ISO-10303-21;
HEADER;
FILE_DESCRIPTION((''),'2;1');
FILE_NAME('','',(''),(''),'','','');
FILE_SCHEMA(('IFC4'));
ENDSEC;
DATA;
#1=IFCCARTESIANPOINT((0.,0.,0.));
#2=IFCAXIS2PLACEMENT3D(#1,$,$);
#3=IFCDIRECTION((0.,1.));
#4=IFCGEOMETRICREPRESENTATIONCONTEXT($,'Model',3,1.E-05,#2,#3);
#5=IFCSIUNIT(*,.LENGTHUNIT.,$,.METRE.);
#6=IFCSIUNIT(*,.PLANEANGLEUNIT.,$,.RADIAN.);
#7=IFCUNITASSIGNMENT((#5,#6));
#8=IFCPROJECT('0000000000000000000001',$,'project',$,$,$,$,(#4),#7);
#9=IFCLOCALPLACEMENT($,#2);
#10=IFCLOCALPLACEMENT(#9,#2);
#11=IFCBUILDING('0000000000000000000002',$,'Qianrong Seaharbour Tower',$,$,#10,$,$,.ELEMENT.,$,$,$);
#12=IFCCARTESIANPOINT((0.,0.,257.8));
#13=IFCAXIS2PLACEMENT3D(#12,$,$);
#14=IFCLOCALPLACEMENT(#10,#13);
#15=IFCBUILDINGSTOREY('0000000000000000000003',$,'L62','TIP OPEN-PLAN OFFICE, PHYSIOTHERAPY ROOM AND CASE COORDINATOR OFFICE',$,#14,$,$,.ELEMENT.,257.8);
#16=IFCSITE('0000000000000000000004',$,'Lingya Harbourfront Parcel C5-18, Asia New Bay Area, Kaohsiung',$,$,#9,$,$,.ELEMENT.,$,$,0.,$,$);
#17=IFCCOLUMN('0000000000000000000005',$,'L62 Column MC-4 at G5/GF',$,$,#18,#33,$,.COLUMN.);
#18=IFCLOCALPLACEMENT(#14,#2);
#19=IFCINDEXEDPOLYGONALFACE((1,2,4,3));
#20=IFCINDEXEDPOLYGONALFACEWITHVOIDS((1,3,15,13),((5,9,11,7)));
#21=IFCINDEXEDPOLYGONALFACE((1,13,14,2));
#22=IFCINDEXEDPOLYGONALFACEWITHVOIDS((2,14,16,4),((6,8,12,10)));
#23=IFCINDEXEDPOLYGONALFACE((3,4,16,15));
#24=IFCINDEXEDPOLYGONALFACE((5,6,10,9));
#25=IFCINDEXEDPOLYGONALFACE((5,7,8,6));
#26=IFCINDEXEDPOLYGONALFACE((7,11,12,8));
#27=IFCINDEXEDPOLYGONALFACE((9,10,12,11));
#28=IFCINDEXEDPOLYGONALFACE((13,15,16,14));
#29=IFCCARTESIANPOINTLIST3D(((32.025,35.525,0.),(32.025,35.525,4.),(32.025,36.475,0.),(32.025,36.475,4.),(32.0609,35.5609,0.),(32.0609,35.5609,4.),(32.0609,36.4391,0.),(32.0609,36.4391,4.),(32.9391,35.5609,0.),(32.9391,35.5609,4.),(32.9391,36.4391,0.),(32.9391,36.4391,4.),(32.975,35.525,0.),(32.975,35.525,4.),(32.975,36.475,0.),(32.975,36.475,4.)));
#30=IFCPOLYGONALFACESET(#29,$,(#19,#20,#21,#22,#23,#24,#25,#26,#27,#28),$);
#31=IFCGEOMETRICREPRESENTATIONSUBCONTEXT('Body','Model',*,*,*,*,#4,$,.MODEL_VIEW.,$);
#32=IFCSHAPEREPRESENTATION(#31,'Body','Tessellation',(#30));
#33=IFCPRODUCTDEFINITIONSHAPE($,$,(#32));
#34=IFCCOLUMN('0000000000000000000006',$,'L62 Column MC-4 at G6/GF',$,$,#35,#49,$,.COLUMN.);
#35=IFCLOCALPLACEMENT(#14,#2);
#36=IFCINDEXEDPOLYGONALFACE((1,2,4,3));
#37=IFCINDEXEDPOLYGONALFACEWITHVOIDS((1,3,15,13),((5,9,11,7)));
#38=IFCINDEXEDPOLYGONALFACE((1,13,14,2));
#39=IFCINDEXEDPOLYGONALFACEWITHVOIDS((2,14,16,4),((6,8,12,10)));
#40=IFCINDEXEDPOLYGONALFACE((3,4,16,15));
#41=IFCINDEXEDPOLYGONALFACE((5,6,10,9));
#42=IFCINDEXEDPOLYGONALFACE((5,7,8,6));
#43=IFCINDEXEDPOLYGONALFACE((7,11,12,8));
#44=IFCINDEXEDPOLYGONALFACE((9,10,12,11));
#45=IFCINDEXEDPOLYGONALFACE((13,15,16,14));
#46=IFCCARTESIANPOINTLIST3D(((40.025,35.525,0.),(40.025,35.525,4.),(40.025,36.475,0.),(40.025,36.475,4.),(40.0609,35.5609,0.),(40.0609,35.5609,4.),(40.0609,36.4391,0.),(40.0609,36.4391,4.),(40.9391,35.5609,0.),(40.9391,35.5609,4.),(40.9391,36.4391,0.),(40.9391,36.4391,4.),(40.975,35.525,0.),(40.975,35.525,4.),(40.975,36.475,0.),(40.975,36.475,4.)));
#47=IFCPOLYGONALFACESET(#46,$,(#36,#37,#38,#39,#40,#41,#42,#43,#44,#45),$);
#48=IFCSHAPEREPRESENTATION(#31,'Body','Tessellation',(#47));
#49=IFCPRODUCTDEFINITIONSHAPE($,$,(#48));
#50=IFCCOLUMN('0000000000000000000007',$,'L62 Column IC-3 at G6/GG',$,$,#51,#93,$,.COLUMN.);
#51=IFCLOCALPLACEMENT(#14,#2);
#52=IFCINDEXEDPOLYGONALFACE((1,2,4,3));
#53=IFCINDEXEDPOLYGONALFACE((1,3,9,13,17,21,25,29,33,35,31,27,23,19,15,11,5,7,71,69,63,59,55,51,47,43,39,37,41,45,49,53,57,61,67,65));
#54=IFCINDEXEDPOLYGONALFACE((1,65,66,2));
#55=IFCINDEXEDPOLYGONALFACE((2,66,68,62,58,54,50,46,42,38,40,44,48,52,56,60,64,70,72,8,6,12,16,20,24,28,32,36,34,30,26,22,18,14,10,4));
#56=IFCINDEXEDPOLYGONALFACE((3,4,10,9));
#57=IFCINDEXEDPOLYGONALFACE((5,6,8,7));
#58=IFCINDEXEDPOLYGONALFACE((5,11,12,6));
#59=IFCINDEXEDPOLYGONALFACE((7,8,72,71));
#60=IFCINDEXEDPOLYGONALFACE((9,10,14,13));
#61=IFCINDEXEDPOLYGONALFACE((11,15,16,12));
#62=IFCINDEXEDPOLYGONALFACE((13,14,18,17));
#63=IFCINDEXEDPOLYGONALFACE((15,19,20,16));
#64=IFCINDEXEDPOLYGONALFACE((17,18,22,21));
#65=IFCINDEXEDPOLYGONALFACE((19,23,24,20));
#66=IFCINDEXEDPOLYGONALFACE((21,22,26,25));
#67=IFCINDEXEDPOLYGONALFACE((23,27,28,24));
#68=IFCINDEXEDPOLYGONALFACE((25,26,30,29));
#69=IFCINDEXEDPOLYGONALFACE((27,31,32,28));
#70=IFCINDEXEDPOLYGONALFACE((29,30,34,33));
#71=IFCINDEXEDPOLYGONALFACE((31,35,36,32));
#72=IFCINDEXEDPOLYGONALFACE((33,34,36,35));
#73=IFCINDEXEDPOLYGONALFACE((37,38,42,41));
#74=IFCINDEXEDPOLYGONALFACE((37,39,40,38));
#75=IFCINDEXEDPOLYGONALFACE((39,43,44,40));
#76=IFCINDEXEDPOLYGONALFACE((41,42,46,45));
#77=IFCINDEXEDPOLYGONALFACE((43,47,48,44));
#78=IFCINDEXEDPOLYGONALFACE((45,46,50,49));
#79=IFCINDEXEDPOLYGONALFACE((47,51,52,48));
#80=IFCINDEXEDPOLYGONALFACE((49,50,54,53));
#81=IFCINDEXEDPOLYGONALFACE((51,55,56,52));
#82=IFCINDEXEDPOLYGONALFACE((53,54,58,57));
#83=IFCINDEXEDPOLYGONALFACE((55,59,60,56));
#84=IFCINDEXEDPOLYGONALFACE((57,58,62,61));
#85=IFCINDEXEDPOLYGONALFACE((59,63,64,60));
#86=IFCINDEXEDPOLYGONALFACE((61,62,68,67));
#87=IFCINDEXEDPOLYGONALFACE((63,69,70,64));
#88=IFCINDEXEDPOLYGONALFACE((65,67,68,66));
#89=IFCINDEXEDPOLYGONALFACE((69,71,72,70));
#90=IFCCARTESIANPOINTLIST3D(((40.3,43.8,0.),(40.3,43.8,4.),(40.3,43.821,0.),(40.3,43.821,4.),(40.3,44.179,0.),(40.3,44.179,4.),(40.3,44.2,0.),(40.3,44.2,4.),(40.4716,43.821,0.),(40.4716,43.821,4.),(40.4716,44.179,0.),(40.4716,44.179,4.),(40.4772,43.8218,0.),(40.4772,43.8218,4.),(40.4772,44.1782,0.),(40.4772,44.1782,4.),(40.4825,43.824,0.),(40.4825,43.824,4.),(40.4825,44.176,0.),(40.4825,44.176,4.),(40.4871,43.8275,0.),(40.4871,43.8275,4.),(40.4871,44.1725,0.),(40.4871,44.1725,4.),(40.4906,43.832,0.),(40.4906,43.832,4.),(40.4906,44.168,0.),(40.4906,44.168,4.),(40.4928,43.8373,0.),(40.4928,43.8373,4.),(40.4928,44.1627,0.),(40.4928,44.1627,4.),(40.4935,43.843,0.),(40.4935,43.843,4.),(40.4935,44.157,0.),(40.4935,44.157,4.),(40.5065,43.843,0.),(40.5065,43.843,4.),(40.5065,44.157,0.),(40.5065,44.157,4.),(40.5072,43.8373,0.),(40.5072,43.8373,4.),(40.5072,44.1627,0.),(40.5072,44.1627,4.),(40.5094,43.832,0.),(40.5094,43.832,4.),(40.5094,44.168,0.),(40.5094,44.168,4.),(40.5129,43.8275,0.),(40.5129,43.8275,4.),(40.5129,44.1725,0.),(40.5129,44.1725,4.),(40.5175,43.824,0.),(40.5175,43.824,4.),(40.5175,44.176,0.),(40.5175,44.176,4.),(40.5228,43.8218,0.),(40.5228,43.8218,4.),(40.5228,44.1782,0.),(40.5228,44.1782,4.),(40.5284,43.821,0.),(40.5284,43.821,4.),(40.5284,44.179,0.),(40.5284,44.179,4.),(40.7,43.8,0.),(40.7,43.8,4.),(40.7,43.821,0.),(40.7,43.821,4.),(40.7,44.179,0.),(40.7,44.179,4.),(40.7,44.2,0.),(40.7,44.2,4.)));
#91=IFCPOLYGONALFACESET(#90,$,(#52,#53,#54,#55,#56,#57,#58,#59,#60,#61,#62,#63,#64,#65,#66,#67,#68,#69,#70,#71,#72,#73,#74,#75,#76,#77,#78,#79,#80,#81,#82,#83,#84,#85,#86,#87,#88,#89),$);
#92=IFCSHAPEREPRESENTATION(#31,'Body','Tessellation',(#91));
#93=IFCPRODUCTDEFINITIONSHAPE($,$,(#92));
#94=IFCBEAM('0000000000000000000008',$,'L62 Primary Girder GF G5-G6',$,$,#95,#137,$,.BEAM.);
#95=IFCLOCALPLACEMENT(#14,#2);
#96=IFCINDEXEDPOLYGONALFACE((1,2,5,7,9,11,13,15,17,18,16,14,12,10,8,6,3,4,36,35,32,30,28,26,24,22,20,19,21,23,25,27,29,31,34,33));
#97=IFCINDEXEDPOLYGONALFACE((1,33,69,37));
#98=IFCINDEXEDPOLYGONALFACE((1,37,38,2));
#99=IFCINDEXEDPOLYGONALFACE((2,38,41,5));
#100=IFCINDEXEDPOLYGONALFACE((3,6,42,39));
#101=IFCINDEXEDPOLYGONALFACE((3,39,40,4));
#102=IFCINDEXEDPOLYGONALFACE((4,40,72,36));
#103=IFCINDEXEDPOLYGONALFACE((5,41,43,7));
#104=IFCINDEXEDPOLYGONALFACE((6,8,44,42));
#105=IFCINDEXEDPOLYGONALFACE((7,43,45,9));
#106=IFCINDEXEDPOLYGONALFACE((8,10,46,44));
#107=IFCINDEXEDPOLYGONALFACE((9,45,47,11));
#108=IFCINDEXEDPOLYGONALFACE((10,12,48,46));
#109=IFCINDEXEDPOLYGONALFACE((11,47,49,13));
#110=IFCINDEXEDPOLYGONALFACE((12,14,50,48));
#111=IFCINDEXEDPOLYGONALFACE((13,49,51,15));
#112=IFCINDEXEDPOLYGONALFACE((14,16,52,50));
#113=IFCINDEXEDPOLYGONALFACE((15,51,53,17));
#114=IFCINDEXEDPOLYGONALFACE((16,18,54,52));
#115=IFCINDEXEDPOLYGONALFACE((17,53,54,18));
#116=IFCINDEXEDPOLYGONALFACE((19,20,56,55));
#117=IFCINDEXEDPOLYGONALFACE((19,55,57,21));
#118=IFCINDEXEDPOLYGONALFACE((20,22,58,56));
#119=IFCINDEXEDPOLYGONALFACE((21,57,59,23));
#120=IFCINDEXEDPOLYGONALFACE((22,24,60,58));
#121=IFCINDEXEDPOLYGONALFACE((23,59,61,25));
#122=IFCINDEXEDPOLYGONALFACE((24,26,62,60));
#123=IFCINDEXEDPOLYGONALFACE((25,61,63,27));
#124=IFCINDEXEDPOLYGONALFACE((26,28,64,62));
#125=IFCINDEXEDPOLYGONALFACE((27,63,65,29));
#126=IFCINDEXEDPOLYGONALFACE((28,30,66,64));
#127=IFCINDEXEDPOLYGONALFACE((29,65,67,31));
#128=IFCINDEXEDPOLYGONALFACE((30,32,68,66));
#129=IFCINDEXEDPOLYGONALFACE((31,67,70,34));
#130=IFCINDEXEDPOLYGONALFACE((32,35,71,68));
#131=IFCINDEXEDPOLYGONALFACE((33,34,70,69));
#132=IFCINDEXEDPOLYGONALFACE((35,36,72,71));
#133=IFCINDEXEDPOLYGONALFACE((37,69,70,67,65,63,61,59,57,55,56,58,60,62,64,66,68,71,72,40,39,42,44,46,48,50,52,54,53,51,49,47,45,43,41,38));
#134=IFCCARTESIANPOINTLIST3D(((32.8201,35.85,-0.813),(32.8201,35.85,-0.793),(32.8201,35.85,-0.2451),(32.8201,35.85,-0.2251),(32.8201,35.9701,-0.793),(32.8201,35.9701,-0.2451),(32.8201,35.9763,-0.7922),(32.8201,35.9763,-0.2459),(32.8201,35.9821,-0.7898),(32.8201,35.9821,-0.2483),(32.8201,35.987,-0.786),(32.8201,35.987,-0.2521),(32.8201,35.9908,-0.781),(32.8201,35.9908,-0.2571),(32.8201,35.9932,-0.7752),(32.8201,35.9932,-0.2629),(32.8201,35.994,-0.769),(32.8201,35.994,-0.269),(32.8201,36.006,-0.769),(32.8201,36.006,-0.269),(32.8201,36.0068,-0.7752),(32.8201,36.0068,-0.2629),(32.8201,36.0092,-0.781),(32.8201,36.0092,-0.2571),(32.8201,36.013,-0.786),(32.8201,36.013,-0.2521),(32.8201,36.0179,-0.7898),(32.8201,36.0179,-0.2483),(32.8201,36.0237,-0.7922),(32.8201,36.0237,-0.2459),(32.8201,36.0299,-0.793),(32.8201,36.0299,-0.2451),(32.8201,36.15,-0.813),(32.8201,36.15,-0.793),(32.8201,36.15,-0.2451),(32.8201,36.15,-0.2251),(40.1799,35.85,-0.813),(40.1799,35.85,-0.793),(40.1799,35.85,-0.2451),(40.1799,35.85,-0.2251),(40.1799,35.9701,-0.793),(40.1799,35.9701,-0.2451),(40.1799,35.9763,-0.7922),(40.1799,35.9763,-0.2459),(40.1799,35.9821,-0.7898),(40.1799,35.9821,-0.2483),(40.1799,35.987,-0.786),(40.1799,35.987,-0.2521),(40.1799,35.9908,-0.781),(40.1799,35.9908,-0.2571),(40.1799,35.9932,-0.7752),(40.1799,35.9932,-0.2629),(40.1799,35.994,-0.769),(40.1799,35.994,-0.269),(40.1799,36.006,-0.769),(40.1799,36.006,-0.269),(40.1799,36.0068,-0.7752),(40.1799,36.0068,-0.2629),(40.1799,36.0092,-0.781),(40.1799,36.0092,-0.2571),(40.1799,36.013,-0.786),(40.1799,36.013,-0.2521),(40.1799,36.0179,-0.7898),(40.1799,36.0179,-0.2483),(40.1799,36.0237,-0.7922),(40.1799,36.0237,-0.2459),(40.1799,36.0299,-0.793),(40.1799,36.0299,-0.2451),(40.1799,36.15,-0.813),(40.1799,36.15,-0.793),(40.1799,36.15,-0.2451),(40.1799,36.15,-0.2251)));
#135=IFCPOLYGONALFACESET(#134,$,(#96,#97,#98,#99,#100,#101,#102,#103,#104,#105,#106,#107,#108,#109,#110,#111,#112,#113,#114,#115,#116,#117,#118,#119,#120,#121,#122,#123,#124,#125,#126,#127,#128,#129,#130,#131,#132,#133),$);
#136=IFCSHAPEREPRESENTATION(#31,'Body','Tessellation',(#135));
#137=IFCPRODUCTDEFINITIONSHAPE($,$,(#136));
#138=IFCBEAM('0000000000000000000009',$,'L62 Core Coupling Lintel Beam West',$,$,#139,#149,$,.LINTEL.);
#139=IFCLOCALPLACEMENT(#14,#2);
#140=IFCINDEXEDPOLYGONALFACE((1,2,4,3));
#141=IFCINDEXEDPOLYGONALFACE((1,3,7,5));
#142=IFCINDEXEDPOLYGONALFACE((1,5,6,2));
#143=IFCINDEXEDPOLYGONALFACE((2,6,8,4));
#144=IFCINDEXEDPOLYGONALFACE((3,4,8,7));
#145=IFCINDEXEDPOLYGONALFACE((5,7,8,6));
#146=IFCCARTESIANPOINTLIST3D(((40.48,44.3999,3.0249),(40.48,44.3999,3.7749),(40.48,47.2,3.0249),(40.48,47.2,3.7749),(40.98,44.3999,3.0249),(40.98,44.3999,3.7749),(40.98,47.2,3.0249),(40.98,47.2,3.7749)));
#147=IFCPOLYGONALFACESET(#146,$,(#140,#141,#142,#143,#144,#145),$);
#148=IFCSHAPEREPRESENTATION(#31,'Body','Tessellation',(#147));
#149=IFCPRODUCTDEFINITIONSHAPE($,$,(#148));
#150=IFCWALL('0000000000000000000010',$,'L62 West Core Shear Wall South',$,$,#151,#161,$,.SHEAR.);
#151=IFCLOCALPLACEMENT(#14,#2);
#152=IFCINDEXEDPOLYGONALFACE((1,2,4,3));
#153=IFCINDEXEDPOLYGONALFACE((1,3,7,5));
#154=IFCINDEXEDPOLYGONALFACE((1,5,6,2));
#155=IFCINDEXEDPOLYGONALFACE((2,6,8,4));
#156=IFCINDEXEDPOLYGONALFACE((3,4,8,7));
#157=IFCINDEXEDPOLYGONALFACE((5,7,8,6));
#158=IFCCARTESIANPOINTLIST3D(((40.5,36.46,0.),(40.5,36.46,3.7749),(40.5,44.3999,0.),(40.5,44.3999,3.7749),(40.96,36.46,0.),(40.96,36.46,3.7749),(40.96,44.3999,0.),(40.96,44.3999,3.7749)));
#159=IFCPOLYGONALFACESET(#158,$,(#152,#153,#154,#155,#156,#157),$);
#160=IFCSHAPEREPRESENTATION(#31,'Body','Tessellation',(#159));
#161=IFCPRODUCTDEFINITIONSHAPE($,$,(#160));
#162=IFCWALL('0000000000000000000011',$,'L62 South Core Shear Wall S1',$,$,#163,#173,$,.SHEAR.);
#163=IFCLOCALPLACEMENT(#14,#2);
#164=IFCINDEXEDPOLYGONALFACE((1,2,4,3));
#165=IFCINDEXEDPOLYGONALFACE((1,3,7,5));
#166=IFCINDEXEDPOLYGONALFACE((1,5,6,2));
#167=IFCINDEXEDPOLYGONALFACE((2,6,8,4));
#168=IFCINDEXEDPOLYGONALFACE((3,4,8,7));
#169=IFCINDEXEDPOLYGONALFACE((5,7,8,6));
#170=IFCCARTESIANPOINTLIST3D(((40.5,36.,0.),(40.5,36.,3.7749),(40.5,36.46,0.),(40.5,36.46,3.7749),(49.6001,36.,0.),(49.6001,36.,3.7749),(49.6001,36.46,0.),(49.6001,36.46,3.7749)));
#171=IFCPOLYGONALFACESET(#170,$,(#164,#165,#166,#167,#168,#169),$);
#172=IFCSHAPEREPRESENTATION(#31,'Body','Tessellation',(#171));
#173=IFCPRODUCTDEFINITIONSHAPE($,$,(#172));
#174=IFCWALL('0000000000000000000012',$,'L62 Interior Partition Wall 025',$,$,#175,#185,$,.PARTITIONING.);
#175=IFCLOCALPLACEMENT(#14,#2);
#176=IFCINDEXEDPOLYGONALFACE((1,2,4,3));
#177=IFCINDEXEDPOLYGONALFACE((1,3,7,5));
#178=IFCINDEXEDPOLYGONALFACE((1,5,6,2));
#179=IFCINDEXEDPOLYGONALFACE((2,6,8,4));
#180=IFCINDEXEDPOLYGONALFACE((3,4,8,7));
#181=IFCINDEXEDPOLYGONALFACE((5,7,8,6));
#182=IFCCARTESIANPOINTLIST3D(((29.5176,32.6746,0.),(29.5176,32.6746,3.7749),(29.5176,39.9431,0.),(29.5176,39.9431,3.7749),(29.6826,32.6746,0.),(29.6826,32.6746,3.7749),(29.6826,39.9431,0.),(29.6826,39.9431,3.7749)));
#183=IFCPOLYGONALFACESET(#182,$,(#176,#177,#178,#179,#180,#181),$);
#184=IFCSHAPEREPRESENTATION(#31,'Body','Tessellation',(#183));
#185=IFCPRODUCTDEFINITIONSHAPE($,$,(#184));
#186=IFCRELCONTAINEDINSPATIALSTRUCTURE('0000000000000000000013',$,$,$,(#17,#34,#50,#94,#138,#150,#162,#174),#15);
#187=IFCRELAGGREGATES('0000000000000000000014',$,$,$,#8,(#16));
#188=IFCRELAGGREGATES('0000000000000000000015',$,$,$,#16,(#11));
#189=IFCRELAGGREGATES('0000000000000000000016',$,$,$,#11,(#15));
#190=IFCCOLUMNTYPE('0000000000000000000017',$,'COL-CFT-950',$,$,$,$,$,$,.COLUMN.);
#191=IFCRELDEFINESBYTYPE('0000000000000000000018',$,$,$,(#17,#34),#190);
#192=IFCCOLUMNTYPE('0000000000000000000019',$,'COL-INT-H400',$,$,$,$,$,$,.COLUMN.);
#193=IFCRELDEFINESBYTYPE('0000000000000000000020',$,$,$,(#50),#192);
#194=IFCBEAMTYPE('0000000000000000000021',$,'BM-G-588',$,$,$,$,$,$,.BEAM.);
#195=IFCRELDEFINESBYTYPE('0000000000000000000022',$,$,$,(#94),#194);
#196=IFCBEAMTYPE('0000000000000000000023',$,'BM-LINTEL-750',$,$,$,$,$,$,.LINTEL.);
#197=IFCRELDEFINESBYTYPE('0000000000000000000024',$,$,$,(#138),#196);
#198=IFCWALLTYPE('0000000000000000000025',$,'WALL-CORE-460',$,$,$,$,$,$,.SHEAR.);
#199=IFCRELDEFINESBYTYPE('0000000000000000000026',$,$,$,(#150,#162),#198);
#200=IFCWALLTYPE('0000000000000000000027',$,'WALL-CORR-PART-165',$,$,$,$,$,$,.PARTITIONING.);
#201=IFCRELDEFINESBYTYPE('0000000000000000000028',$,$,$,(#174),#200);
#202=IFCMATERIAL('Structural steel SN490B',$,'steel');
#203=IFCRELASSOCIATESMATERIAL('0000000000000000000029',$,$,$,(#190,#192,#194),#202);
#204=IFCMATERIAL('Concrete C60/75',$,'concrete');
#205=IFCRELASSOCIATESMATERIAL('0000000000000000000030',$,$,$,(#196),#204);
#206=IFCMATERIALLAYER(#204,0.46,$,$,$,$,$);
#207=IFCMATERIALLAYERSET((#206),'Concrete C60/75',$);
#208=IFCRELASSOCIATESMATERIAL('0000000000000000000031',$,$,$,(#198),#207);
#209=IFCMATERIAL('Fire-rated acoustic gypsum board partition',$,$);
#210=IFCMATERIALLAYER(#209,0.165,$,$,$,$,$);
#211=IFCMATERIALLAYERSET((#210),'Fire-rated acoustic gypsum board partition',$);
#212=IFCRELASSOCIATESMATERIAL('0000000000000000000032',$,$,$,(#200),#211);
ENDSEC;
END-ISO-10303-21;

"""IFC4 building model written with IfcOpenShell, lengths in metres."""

from ifc_helpers import new_model, si_unit, direction, frame, frame_2d, origin, origin_2d, place, context, subcontext, project, spatial, rectangle, hollow_rectangle, i_section, extrude, material, layer, layer_set, material_profile, profile_set, type_object, element, save


model = new_model("IFC4")

# Units and contexts
model_context = context("Model", 3, precision=1e-05, world=origin(), true_north=direction((0.0, 1.0)))
body_context = subcontext(model_context, "Body", "Model", "MODEL_VIEW")
ifc_project = project(units=[si_unit("LENGTHUNIT", "METRE"), si_unit("PLANEANGLEUNIT", "RADIAN")], contexts=[model_context])

# Site, building, storey
site_placement = place(None, origin())
site = spatial("IfcSite", under=ifc_project, at=site_placement, Name="Lingya Harbourfront Parcel C5-18, Asia New Bay Area, Kaohsiung", CompositionType="ELEMENT", RefElevation=0.0)
building_placement = place(site_placement, origin())
building = spatial("IfcBuilding", under=site, at=building_placement, Name="Qianrong Seaharbour Tower", CompositionType="ELEMENT")
storey_placement = place(building_placement, frame((0.0, 0.0, 257.8)))
storey = spatial("IfcBuildingStorey", under=building, at=storey_placement, Name="L62", Description="TIP OPEN-PLAN OFFICE, PHYSIOTHERAPY ROOM AND CASE COORDINATOR OFFICE", CompositionType="ELEMENT", Elevation=257.8)

# Columns
ifc_material_1 = material(Name="Structural steel SN490B", Category="steel")
ifc_material_profile_1 = material_profile(ifc_material_1, hollow_rectangle(XDim=0.95, YDim=0.95, WallThickness=0.0359, at=origin_2d()), Name="BOX950x950x36")
ifc_profile_set_1 = profile_set([ifc_material_profile_1], Name="Structural steel SN490B")
column_type_1 = type_object("IfcColumnType", Name="COL-CFT-950", PredefinedType="COLUMN", material=ifc_profile_set_1)
for number, where, z_axis, x_axis, name in (
    (1, (32.5, 36.0, 0.0), (0.0, 0.0, 1.0), (1.0, 0.0, 0.0), "L62 Column MC-4 at G5/GF"),
    (2, (40.5, 36.0, 0.0), (0.0, 0.0, 1.0), (1.0, 0.0, 0.0), "L62 Column MC-4 at G6/GF"),
):
    element("IfcColumn", number, at=place(storey_placement, frame(where, z_axis=z_axis, x_axis=x_axis)), inside=storey, type_object=column_type_1, Name=name, PredefinedType="COLUMN", context=body_context, shape_type="SweptSolid", body=[
        extrude(hollow_rectangle(XDim=0.95, YDim=0.95, WallThickness=0.0359, at=origin_2d()), origin(), (0.0, 0.0, 1.0), 4.0),
    ])
ifc_material_profile_2 = material_profile(ifc_material_1, i_section(OverallWidth=0.3999, OverallDepth=0.3999, WebThickness=0.0129, FlangeThickness=0.021, FilletRadius=0.022, at=origin_2d()), Name="H400x400x13x21")
ifc_profile_set_2 = profile_set([ifc_material_profile_2], Name="Structural steel SN490B")
column_type_2 = type_object("IfcColumnType", Name="COL-INT-H400", PredefinedType="COLUMN", material=ifc_profile_set_2)
column_placement = place(storey_placement, frame((40.5, 44.0, 0.0), z_axis=(0.0, 0.0, 1.0), x_axis=(1.0, 0.0, 0.0)))
element("IfcColumn", 3, at=column_placement, inside=storey, type_object=column_type_2, Name="L62 Column IC-3 at G6/GG", PredefinedType="COLUMN", context=body_context, shape_type="SweptSolid", body=[
    extrude(i_section(OverallWidth=0.3999, OverallDepth=0.3999, WebThickness=0.0129, FlangeThickness=0.021, FilletRadius=0.022, at=origin_2d()), origin(), (0.0, 0.0, 1.0), 4.0),
])

# Beams
ifc_material_profile_3 = material_profile(ifc_material_1, i_section(OverallWidth=0.3, OverallDepth=0.5879, WebThickness=0.012, FlangeThickness=0.02, FilletRadius=0.0239, at=origin_2d()), Name="H588x300x12x20")
ifc_profile_set_3 = profile_set([ifc_material_profile_3], Name="Structural steel SN490B")
beam_type_1 = type_object("IfcBeamType", Name="BM-G-588", PredefinedType="BEAM", material=ifc_profile_set_3)
beam_1_placement = place(storey_placement, frame((32.8201, 36.0, -0.519), z_axis=(1.0, 0.0, 0.0), x_axis=(0.0, 1.0, 0.0)))
element("IfcBeam", 4, at=beam_1_placement, inside=storey, type_object=beam_type_1, Name="L62 Primary Girder GF G5-G6", PredefinedType="BEAM", context=body_context, shape_type="SweptSolid", body=[
    extrude(i_section(OverallWidth=0.3, OverallDepth=0.5879, WebThickness=0.012, FlangeThickness=0.02, FilletRadius=0.0239, at=origin_2d()), origin(), (0.0, 0.0, 1.0), 7.3599),
])
ifc_material_2 = material(Name="Concrete C60/75", Category="concrete")
ifc_material_profile_4 = material_profile(ifc_material_2, rectangle(XDim=0.5, YDim=0.75, at=origin_2d()), Name="RC500x750")
ifc_profile_set_4 = profile_set([ifc_material_profile_4], Name="Concrete C60/75")
beam_type_2 = type_object("IfcBeamType", Name="BM-LINTEL-750", PredefinedType="LINTEL", material=ifc_profile_set_4)
beam_2_placement = place(storey_placement, frame((40.73, 44.3999, 3.3999), z_axis=(0.0, 1.0, 0.0), x_axis=(-1.0, 0.0, 0.0)))
element("IfcBeam", 5, at=beam_2_placement, inside=storey, type_object=beam_type_2, Name="L62 Core Coupling Lintel Beam West", PredefinedType="LINTEL", context=body_context, shape_type="SweptSolid", body=[
    extrude(rectangle(XDim=0.5, YDim=0.75, at=origin_2d()), origin(), (0.0, 0.0, 1.0), 2.8),
])

# Walls
ifc_layer_1 = layer(ifc_material_2, 0.46)
ifc_layer_set_1 = layer_set([ifc_layer_1], Name="Concrete C60/75")
wall_type_1 = type_object("IfcWallType", Name="WALL-CORE-460", PredefinedType="SHEAR", material=ifc_layer_set_1)
wall_1_placement = place(storey_placement, frame((40.73, 36.46, 0.0), z_axis=(0.0, 0.0, 1.0), x_axis=(0.0, 1.0, 0.0)))
element("IfcWall", 6, at=wall_1_placement, inside=storey, type_object=wall_type_1, Name="L62 West Core Shear Wall South", PredefinedType="SHEAR", context=body_context, shape_type="SweptSolid", body=[
    extrude(rectangle(XDim=7.9399, YDim=0.46, at=frame_2d((3.97, 0.0))), origin(), (0.0, 0.0, 1.0), 3.7749),
])
wall_2_placement = place(storey_placement, frame((40.5, 36.23, 0.0), z_axis=(0.0, 0.0, 1.0), x_axis=(1.0, 0.0, 0.0)))
element("IfcWall", 7, at=wall_2_placement, inside=storey, type_object=wall_type_1, Name="L62 South Core Shear Wall S1", PredefinedType="SHEAR", context=body_context, shape_type="SweptSolid", body=[
    extrude(rectangle(XDim=9.1001, YDim=0.46, at=frame_2d((4.55, 0.0))), origin(), (0.0, 0.0, 1.0), 3.7749),
])

# Shared definitions
ifc_material_3 = material(Name="Fire-rated acoustic gypsum board partition")
ifc_layer_2 = layer(ifc_material_3, 0.165)
ifc_layer_set_2 = layer_set([ifc_layer_2], Name="Fire-rated acoustic gypsum board partition")
wall_type_2 = type_object("IfcWallType", Name="WALL-CORR-PART-165", PredefinedType="PARTITIONING", material=ifc_layer_set_2)

# Wall
wall_3_placement = place(storey_placement, frame((29.6001, 39.9431, 0.0), z_axis=(0.0, 0.0, 1.0), x_axis=(0.0, -1.0, 0.0)))
element("IfcWall", 8, at=wall_3_placement, inside=storey, type_object=wall_type_2, Name="L62 Interior Partition Wall 025", PredefinedType="PARTITIONING", context=body_context, shape_type="SweptSolid", body=[
    extrude(rectangle(XDim=7.2686, YDim=0.165, at=frame_2d((3.6343, 0.0))), origin(), (0.0, 0.0, 1.0), 3.7749),
])

save(model, "model.ifc")
